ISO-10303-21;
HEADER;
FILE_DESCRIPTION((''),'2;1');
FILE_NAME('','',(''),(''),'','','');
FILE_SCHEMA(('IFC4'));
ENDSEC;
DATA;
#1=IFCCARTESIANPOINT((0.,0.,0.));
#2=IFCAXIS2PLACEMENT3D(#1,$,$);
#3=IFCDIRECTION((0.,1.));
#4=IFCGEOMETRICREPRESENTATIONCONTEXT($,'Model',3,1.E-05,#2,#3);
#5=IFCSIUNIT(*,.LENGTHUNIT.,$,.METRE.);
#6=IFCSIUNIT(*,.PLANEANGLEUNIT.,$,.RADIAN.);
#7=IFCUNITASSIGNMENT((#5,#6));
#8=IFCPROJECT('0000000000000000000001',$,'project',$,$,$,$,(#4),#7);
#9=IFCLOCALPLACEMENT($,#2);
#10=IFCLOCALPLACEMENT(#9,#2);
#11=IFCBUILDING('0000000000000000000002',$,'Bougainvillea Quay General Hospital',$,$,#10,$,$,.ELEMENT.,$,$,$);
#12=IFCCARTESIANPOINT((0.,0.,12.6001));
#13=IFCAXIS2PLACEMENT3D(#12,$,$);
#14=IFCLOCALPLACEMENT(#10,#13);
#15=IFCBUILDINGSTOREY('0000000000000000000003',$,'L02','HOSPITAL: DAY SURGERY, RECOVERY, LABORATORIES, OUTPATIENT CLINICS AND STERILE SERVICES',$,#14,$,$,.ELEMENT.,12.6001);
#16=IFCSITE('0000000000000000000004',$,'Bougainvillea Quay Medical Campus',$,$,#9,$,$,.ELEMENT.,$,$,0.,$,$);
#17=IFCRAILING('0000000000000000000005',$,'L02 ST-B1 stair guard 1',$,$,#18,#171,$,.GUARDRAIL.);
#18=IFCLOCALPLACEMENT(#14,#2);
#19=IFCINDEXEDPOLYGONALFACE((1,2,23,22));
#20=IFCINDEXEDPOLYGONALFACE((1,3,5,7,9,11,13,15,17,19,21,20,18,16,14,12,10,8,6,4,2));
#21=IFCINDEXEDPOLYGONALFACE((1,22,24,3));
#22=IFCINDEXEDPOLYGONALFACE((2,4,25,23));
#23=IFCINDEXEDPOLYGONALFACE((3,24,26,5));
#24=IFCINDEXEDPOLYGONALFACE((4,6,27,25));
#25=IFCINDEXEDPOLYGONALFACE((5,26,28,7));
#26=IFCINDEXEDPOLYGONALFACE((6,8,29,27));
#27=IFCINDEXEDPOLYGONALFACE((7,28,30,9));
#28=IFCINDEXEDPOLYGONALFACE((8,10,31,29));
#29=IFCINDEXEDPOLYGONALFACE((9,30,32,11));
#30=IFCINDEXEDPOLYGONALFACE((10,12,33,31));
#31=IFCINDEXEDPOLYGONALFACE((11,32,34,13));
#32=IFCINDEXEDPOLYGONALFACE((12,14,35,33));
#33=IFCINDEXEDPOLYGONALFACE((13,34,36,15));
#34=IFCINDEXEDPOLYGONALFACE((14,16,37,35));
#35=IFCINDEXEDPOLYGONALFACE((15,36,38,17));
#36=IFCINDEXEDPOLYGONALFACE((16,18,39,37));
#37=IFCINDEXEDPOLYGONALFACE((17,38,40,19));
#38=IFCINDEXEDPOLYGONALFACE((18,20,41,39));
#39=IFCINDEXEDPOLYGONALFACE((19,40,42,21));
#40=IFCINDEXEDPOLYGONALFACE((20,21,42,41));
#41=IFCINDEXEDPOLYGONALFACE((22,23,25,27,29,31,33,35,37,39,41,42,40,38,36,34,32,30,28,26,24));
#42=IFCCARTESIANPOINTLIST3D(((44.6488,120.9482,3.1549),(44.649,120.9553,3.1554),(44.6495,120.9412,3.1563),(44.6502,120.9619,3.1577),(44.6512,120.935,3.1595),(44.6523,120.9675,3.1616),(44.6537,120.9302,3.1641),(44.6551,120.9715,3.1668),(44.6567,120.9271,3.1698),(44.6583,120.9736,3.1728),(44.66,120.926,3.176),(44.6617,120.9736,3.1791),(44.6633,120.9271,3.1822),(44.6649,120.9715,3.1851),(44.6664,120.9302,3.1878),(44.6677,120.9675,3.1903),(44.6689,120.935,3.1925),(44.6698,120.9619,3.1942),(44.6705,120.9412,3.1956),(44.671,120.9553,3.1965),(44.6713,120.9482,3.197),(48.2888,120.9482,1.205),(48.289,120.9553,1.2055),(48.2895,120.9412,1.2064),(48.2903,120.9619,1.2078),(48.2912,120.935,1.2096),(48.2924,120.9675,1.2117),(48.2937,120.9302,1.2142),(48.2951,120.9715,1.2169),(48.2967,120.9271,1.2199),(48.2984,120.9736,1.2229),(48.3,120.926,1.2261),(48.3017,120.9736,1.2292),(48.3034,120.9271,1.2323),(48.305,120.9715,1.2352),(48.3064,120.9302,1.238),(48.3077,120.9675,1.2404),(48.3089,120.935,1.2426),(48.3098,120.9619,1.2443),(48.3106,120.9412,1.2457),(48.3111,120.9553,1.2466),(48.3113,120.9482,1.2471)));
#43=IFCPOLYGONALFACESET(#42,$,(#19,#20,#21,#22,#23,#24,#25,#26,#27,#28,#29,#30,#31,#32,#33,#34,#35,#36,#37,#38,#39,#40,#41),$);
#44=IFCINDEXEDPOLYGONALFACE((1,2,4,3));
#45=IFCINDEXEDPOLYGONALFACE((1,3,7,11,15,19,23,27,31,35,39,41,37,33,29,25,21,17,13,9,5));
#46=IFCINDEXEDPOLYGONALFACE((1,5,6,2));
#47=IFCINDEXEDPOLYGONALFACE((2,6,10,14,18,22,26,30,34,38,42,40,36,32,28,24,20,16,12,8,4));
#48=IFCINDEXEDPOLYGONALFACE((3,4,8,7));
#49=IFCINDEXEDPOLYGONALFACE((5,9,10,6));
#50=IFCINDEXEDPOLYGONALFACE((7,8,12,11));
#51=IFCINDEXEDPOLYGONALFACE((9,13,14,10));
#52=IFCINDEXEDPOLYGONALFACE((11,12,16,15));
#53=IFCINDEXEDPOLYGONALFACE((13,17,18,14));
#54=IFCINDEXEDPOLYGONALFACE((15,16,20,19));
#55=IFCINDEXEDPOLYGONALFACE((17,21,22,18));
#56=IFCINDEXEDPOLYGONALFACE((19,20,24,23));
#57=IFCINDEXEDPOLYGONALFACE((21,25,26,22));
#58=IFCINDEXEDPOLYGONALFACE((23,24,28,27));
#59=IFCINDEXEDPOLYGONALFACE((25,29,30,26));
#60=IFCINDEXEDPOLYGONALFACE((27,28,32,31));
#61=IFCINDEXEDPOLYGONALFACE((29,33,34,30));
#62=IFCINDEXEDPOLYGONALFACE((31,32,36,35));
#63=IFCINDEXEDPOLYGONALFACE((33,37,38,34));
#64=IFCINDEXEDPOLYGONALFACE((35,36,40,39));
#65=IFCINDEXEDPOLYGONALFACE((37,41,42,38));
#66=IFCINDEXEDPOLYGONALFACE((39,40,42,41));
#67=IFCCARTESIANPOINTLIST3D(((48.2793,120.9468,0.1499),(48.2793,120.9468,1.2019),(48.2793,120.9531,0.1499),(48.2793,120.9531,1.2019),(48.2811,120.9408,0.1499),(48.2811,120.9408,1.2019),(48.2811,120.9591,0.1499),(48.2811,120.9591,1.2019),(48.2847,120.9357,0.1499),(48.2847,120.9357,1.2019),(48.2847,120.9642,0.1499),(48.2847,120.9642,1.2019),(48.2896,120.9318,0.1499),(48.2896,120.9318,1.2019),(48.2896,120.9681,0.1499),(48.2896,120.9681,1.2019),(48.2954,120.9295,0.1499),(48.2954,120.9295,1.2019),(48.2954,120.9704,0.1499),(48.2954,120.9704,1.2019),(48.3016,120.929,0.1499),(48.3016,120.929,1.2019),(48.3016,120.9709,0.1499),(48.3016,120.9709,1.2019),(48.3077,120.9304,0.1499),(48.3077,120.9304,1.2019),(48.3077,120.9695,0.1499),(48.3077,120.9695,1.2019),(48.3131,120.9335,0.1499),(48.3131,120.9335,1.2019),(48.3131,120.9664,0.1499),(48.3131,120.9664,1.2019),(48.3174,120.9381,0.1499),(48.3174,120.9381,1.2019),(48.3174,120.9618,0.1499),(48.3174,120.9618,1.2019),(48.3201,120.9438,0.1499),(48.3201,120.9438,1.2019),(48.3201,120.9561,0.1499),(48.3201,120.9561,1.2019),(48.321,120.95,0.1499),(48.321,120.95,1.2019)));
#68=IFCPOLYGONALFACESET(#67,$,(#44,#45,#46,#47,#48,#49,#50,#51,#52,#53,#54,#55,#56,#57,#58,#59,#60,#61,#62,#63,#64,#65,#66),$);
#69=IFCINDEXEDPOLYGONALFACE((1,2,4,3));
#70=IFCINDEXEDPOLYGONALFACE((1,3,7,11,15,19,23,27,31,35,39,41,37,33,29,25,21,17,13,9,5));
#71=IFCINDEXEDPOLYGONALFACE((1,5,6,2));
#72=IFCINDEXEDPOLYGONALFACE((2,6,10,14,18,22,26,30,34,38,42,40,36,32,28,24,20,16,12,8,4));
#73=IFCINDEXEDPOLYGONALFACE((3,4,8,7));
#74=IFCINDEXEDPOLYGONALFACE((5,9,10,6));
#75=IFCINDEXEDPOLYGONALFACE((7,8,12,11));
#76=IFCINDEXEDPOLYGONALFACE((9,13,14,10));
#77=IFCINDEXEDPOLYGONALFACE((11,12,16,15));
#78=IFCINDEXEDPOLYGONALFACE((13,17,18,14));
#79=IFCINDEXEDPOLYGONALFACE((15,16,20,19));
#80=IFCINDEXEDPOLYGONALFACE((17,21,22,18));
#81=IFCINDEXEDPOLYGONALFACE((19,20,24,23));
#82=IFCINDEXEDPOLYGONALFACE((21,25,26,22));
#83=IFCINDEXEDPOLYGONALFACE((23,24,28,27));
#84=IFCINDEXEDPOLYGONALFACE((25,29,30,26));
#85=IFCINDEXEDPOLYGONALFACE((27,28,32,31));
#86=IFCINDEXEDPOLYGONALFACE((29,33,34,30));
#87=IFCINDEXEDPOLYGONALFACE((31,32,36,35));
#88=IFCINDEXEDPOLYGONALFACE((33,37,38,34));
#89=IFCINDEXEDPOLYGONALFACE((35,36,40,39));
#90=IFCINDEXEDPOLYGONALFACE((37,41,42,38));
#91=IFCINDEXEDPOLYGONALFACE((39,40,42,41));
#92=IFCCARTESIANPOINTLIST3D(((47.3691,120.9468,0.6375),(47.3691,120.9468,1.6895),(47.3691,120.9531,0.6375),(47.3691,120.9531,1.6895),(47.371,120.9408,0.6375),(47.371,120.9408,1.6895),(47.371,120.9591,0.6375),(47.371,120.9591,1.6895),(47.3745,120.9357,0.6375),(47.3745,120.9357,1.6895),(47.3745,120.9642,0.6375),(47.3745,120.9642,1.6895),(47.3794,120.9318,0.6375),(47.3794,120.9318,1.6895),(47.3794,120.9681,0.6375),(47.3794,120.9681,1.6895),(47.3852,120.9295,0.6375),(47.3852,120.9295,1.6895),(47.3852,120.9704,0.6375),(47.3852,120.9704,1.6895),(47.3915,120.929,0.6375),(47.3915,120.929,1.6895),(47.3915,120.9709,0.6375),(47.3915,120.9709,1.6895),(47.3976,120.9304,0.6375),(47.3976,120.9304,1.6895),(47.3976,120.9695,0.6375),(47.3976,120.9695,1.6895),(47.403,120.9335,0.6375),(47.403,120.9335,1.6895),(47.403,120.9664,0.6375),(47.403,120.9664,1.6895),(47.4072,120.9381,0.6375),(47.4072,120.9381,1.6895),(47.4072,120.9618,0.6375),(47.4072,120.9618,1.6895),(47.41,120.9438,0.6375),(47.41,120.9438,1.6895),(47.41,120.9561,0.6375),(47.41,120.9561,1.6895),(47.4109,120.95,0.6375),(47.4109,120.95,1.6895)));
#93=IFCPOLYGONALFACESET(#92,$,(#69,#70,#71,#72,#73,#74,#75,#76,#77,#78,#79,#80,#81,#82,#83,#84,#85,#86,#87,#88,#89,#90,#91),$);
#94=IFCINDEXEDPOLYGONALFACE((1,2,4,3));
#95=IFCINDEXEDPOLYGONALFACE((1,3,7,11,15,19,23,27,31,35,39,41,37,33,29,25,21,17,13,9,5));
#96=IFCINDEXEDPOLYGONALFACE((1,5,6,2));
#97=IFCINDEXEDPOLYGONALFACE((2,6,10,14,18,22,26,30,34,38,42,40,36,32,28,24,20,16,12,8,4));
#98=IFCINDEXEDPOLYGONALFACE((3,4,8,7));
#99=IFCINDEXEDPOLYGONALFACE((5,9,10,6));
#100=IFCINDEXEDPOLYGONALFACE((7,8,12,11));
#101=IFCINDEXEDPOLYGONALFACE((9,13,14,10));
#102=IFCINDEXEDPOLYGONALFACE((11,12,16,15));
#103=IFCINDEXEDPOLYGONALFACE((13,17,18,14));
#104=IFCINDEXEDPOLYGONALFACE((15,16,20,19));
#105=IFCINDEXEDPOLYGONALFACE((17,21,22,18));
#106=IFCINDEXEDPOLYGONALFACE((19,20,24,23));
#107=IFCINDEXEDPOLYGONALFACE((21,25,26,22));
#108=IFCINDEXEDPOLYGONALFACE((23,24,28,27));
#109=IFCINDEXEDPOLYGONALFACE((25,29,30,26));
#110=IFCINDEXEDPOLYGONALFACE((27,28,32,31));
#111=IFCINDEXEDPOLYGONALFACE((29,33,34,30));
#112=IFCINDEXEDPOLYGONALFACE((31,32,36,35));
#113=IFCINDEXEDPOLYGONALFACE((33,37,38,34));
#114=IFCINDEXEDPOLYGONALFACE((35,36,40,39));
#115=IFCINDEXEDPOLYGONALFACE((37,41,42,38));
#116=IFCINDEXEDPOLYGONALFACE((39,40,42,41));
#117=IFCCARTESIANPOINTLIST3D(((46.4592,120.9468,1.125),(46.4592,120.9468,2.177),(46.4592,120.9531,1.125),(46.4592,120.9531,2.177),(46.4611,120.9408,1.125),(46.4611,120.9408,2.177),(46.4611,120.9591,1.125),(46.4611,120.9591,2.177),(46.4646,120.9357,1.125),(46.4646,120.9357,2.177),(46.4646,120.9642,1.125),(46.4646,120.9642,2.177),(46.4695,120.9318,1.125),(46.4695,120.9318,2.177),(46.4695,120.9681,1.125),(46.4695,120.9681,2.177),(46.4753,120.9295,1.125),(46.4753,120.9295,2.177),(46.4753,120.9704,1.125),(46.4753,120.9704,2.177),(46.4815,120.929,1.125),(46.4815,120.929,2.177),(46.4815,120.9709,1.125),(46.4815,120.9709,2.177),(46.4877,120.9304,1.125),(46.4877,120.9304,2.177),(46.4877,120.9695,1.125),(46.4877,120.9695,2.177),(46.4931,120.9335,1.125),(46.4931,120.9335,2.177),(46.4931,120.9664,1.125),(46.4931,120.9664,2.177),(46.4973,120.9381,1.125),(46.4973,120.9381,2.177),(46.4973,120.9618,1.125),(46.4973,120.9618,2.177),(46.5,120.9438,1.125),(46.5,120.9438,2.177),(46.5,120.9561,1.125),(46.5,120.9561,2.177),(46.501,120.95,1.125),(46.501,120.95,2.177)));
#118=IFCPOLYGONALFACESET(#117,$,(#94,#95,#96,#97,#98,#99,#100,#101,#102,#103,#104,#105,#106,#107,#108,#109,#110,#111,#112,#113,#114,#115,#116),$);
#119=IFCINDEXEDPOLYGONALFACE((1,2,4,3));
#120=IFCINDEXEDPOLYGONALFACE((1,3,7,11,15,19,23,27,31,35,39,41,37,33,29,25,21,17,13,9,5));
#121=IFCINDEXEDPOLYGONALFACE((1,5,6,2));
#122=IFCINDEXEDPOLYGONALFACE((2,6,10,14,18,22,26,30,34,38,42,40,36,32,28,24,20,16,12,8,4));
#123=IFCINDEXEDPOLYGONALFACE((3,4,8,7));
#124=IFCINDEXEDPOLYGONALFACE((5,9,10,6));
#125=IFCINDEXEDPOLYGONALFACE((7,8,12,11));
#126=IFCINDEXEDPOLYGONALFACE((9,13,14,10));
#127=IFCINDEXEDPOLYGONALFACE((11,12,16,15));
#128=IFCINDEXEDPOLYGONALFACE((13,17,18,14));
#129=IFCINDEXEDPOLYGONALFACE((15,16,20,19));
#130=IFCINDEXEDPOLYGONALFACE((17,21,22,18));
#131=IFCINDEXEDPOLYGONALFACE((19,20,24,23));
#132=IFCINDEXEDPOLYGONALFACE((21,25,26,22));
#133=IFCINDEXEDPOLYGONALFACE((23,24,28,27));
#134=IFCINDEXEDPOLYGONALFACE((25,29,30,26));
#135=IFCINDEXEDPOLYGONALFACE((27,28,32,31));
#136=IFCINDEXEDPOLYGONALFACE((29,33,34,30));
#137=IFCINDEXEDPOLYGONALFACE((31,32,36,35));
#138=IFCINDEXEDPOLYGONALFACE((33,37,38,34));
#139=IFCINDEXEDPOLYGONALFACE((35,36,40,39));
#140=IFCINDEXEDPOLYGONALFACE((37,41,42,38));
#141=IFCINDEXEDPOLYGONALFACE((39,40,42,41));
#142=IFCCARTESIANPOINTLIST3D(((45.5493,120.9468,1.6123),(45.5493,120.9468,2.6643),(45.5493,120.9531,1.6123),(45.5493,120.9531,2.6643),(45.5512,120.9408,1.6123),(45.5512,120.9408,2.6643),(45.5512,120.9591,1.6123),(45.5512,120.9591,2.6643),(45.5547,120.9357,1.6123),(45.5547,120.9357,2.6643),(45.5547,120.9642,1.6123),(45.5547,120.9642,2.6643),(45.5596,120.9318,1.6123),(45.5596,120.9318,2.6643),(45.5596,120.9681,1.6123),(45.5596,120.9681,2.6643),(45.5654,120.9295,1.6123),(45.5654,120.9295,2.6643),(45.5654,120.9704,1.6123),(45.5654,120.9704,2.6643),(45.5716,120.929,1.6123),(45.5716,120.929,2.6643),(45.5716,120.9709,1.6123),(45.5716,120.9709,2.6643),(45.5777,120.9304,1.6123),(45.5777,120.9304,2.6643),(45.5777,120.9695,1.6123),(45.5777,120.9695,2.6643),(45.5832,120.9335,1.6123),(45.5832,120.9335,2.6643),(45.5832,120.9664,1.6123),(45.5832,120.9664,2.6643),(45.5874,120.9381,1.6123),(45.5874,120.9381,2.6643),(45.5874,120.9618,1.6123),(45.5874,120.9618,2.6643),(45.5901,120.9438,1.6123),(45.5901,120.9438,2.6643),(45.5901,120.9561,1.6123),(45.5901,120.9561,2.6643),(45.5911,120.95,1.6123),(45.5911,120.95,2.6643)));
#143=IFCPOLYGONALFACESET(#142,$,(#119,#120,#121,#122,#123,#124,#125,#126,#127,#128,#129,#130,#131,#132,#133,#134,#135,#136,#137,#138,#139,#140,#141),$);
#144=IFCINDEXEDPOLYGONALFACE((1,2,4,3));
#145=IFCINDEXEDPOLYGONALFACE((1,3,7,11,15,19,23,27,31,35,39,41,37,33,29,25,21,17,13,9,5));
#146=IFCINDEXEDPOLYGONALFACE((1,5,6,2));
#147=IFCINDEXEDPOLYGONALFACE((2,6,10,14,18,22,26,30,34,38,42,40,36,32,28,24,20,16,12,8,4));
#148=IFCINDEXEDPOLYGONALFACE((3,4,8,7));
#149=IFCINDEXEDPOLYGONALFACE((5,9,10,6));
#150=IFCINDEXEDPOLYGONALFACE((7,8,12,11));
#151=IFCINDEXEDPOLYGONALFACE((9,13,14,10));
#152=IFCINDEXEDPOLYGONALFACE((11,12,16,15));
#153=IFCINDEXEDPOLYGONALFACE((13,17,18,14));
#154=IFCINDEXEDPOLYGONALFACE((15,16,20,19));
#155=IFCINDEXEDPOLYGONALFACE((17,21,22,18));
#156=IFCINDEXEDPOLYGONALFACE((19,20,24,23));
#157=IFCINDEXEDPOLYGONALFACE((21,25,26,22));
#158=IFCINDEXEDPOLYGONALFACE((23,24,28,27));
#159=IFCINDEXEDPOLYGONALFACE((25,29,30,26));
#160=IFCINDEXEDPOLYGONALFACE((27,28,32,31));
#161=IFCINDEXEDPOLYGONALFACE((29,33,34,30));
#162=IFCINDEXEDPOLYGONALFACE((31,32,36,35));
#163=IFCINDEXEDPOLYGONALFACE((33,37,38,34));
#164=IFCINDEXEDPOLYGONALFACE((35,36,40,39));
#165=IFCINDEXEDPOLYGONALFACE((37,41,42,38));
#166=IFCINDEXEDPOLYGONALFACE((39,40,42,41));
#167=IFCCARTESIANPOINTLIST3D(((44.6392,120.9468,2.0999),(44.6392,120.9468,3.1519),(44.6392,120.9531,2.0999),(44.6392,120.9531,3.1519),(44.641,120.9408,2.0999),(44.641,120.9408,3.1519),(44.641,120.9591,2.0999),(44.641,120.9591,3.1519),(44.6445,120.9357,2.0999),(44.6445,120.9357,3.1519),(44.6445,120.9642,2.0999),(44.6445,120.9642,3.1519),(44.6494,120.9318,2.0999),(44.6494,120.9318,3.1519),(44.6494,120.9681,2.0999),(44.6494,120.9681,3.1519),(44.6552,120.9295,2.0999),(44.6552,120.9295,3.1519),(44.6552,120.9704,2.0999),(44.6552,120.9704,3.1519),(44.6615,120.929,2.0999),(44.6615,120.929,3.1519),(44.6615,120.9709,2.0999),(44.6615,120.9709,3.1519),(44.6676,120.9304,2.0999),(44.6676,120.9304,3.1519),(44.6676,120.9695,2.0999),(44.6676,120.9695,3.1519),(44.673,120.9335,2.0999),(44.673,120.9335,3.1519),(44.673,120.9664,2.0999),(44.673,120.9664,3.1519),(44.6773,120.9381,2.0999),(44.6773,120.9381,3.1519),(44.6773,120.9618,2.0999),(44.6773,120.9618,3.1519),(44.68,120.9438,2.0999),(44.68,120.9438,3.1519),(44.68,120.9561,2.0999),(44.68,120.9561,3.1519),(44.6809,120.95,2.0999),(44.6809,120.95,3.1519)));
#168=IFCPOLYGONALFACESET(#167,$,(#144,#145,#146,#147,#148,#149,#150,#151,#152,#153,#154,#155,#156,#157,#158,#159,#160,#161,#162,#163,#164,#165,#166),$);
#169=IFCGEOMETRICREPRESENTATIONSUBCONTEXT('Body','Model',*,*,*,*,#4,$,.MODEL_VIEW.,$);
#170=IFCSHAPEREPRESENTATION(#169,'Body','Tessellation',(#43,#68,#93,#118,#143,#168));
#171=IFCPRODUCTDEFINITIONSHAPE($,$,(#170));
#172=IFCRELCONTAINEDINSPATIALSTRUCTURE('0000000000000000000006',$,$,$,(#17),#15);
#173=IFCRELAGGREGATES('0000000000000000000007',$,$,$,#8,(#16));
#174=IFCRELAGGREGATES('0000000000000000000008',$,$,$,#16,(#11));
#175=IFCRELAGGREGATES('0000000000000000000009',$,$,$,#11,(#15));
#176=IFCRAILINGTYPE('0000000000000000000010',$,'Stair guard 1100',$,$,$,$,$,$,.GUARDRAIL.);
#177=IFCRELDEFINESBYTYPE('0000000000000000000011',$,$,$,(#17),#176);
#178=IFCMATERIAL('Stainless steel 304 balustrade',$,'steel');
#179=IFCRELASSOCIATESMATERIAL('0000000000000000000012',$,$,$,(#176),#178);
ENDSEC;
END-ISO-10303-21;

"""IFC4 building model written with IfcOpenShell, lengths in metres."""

from ifc_helpers import new_model, si_unit, direction, frame, origin, origin_2d, place, context, subcontext, project, spatial, circle, extrude, material, type_object, element, save


model = new_model("IFC4")

# Units and contexts
model_context = context("Model", 3, precision=1e-05, world=origin(), true_north=direction((0.0, 1.0)))
body_context = subcontext(model_context, "Body", "Model", "MODEL_VIEW")
ifc_project = project(units=[si_unit("LENGTHUNIT", "METRE"), si_unit("PLANEANGLEUNIT", "RADIAN")], contexts=[model_context])

# Site, building, storey
site_placement = place(None, origin())
site = spatial("IfcSite", under=ifc_project, at=site_placement, Name="Bougainvillea Quay Medical Campus", CompositionType="ELEMENT", RefElevation=0.0)
building_placement = place(site_placement, origin())
building = spatial("IfcBuilding", under=site, at=building_placement, Name="Bougainvillea Quay General Hospital", CompositionType="ELEMENT")
storey_placement = place(building_placement, frame((0.0, 0.0, 12.6001)))
storey = spatial("IfcBuildingStorey", under=building, at=storey_placement, Name="L02", Description="HOSPITAL: DAY SURGERY, RECOVERY, LABORATORIES, OUTPATIENT CLINICS AND STERILE SERVICES", CompositionType="ELEMENT", Elevation=12.6001)

# Railing
ifc_material_1 = material(Name="Stainless steel 304 balustrade", Category="steel")
railing_type_1 = type_object("IfcRailingType", Name="Stair guard 1100", PredefinedType="GUARDRAIL", material=ifc_material_1)
railing_1_placement = place(storey_placement, frame((48.3, 120.95, 0.1499)))
element("IfcRailing", 1, at=railing_1_placement, inside=storey, type_object=railing_type_1, Name="L02 ST-B1 stair guard 1", PredefinedType="GUARDRAIL", context=body_context, shape_type="SweptSolid", body=[
    extrude(circle(Radius=0.0239, at=origin_2d()), frame((0.0, 0.0, 1.0762), z_axis=(-0.881492, 0.0, 0.472198), x_axis=(0.0, -1.0, 0.0)), (0.0, 0.0, 1.0), 4.1294),
    extrude(circle(Radius=0.021, at=origin_2d()), origin(), (0.0, 0.0, 1.0), 1.052),
    extrude(circle(Radius=0.021, at=origin_2d()), frame((-0.9102, 0.0, 0.4875)), (0.0, 0.0, 1.0), 1.052),
    extrude(circle(Radius=0.021, at=origin_2d()), frame((-1.8201, 0.0, 0.9751)), (0.0, 0.0, 1.0), 1.052),
    extrude(circle(Radius=0.021, at=origin_2d()), frame((-2.73, 0.0, 1.4624)), (0.0, 0.0, 1.0), 1.052),
    extrude(circle(Radius=0.021, at=origin_2d()), frame((-3.6401, 0.0, 1.95)), (0.0, 0.0, 1.0), 1.052),
])

save(model, "model.ifc")
